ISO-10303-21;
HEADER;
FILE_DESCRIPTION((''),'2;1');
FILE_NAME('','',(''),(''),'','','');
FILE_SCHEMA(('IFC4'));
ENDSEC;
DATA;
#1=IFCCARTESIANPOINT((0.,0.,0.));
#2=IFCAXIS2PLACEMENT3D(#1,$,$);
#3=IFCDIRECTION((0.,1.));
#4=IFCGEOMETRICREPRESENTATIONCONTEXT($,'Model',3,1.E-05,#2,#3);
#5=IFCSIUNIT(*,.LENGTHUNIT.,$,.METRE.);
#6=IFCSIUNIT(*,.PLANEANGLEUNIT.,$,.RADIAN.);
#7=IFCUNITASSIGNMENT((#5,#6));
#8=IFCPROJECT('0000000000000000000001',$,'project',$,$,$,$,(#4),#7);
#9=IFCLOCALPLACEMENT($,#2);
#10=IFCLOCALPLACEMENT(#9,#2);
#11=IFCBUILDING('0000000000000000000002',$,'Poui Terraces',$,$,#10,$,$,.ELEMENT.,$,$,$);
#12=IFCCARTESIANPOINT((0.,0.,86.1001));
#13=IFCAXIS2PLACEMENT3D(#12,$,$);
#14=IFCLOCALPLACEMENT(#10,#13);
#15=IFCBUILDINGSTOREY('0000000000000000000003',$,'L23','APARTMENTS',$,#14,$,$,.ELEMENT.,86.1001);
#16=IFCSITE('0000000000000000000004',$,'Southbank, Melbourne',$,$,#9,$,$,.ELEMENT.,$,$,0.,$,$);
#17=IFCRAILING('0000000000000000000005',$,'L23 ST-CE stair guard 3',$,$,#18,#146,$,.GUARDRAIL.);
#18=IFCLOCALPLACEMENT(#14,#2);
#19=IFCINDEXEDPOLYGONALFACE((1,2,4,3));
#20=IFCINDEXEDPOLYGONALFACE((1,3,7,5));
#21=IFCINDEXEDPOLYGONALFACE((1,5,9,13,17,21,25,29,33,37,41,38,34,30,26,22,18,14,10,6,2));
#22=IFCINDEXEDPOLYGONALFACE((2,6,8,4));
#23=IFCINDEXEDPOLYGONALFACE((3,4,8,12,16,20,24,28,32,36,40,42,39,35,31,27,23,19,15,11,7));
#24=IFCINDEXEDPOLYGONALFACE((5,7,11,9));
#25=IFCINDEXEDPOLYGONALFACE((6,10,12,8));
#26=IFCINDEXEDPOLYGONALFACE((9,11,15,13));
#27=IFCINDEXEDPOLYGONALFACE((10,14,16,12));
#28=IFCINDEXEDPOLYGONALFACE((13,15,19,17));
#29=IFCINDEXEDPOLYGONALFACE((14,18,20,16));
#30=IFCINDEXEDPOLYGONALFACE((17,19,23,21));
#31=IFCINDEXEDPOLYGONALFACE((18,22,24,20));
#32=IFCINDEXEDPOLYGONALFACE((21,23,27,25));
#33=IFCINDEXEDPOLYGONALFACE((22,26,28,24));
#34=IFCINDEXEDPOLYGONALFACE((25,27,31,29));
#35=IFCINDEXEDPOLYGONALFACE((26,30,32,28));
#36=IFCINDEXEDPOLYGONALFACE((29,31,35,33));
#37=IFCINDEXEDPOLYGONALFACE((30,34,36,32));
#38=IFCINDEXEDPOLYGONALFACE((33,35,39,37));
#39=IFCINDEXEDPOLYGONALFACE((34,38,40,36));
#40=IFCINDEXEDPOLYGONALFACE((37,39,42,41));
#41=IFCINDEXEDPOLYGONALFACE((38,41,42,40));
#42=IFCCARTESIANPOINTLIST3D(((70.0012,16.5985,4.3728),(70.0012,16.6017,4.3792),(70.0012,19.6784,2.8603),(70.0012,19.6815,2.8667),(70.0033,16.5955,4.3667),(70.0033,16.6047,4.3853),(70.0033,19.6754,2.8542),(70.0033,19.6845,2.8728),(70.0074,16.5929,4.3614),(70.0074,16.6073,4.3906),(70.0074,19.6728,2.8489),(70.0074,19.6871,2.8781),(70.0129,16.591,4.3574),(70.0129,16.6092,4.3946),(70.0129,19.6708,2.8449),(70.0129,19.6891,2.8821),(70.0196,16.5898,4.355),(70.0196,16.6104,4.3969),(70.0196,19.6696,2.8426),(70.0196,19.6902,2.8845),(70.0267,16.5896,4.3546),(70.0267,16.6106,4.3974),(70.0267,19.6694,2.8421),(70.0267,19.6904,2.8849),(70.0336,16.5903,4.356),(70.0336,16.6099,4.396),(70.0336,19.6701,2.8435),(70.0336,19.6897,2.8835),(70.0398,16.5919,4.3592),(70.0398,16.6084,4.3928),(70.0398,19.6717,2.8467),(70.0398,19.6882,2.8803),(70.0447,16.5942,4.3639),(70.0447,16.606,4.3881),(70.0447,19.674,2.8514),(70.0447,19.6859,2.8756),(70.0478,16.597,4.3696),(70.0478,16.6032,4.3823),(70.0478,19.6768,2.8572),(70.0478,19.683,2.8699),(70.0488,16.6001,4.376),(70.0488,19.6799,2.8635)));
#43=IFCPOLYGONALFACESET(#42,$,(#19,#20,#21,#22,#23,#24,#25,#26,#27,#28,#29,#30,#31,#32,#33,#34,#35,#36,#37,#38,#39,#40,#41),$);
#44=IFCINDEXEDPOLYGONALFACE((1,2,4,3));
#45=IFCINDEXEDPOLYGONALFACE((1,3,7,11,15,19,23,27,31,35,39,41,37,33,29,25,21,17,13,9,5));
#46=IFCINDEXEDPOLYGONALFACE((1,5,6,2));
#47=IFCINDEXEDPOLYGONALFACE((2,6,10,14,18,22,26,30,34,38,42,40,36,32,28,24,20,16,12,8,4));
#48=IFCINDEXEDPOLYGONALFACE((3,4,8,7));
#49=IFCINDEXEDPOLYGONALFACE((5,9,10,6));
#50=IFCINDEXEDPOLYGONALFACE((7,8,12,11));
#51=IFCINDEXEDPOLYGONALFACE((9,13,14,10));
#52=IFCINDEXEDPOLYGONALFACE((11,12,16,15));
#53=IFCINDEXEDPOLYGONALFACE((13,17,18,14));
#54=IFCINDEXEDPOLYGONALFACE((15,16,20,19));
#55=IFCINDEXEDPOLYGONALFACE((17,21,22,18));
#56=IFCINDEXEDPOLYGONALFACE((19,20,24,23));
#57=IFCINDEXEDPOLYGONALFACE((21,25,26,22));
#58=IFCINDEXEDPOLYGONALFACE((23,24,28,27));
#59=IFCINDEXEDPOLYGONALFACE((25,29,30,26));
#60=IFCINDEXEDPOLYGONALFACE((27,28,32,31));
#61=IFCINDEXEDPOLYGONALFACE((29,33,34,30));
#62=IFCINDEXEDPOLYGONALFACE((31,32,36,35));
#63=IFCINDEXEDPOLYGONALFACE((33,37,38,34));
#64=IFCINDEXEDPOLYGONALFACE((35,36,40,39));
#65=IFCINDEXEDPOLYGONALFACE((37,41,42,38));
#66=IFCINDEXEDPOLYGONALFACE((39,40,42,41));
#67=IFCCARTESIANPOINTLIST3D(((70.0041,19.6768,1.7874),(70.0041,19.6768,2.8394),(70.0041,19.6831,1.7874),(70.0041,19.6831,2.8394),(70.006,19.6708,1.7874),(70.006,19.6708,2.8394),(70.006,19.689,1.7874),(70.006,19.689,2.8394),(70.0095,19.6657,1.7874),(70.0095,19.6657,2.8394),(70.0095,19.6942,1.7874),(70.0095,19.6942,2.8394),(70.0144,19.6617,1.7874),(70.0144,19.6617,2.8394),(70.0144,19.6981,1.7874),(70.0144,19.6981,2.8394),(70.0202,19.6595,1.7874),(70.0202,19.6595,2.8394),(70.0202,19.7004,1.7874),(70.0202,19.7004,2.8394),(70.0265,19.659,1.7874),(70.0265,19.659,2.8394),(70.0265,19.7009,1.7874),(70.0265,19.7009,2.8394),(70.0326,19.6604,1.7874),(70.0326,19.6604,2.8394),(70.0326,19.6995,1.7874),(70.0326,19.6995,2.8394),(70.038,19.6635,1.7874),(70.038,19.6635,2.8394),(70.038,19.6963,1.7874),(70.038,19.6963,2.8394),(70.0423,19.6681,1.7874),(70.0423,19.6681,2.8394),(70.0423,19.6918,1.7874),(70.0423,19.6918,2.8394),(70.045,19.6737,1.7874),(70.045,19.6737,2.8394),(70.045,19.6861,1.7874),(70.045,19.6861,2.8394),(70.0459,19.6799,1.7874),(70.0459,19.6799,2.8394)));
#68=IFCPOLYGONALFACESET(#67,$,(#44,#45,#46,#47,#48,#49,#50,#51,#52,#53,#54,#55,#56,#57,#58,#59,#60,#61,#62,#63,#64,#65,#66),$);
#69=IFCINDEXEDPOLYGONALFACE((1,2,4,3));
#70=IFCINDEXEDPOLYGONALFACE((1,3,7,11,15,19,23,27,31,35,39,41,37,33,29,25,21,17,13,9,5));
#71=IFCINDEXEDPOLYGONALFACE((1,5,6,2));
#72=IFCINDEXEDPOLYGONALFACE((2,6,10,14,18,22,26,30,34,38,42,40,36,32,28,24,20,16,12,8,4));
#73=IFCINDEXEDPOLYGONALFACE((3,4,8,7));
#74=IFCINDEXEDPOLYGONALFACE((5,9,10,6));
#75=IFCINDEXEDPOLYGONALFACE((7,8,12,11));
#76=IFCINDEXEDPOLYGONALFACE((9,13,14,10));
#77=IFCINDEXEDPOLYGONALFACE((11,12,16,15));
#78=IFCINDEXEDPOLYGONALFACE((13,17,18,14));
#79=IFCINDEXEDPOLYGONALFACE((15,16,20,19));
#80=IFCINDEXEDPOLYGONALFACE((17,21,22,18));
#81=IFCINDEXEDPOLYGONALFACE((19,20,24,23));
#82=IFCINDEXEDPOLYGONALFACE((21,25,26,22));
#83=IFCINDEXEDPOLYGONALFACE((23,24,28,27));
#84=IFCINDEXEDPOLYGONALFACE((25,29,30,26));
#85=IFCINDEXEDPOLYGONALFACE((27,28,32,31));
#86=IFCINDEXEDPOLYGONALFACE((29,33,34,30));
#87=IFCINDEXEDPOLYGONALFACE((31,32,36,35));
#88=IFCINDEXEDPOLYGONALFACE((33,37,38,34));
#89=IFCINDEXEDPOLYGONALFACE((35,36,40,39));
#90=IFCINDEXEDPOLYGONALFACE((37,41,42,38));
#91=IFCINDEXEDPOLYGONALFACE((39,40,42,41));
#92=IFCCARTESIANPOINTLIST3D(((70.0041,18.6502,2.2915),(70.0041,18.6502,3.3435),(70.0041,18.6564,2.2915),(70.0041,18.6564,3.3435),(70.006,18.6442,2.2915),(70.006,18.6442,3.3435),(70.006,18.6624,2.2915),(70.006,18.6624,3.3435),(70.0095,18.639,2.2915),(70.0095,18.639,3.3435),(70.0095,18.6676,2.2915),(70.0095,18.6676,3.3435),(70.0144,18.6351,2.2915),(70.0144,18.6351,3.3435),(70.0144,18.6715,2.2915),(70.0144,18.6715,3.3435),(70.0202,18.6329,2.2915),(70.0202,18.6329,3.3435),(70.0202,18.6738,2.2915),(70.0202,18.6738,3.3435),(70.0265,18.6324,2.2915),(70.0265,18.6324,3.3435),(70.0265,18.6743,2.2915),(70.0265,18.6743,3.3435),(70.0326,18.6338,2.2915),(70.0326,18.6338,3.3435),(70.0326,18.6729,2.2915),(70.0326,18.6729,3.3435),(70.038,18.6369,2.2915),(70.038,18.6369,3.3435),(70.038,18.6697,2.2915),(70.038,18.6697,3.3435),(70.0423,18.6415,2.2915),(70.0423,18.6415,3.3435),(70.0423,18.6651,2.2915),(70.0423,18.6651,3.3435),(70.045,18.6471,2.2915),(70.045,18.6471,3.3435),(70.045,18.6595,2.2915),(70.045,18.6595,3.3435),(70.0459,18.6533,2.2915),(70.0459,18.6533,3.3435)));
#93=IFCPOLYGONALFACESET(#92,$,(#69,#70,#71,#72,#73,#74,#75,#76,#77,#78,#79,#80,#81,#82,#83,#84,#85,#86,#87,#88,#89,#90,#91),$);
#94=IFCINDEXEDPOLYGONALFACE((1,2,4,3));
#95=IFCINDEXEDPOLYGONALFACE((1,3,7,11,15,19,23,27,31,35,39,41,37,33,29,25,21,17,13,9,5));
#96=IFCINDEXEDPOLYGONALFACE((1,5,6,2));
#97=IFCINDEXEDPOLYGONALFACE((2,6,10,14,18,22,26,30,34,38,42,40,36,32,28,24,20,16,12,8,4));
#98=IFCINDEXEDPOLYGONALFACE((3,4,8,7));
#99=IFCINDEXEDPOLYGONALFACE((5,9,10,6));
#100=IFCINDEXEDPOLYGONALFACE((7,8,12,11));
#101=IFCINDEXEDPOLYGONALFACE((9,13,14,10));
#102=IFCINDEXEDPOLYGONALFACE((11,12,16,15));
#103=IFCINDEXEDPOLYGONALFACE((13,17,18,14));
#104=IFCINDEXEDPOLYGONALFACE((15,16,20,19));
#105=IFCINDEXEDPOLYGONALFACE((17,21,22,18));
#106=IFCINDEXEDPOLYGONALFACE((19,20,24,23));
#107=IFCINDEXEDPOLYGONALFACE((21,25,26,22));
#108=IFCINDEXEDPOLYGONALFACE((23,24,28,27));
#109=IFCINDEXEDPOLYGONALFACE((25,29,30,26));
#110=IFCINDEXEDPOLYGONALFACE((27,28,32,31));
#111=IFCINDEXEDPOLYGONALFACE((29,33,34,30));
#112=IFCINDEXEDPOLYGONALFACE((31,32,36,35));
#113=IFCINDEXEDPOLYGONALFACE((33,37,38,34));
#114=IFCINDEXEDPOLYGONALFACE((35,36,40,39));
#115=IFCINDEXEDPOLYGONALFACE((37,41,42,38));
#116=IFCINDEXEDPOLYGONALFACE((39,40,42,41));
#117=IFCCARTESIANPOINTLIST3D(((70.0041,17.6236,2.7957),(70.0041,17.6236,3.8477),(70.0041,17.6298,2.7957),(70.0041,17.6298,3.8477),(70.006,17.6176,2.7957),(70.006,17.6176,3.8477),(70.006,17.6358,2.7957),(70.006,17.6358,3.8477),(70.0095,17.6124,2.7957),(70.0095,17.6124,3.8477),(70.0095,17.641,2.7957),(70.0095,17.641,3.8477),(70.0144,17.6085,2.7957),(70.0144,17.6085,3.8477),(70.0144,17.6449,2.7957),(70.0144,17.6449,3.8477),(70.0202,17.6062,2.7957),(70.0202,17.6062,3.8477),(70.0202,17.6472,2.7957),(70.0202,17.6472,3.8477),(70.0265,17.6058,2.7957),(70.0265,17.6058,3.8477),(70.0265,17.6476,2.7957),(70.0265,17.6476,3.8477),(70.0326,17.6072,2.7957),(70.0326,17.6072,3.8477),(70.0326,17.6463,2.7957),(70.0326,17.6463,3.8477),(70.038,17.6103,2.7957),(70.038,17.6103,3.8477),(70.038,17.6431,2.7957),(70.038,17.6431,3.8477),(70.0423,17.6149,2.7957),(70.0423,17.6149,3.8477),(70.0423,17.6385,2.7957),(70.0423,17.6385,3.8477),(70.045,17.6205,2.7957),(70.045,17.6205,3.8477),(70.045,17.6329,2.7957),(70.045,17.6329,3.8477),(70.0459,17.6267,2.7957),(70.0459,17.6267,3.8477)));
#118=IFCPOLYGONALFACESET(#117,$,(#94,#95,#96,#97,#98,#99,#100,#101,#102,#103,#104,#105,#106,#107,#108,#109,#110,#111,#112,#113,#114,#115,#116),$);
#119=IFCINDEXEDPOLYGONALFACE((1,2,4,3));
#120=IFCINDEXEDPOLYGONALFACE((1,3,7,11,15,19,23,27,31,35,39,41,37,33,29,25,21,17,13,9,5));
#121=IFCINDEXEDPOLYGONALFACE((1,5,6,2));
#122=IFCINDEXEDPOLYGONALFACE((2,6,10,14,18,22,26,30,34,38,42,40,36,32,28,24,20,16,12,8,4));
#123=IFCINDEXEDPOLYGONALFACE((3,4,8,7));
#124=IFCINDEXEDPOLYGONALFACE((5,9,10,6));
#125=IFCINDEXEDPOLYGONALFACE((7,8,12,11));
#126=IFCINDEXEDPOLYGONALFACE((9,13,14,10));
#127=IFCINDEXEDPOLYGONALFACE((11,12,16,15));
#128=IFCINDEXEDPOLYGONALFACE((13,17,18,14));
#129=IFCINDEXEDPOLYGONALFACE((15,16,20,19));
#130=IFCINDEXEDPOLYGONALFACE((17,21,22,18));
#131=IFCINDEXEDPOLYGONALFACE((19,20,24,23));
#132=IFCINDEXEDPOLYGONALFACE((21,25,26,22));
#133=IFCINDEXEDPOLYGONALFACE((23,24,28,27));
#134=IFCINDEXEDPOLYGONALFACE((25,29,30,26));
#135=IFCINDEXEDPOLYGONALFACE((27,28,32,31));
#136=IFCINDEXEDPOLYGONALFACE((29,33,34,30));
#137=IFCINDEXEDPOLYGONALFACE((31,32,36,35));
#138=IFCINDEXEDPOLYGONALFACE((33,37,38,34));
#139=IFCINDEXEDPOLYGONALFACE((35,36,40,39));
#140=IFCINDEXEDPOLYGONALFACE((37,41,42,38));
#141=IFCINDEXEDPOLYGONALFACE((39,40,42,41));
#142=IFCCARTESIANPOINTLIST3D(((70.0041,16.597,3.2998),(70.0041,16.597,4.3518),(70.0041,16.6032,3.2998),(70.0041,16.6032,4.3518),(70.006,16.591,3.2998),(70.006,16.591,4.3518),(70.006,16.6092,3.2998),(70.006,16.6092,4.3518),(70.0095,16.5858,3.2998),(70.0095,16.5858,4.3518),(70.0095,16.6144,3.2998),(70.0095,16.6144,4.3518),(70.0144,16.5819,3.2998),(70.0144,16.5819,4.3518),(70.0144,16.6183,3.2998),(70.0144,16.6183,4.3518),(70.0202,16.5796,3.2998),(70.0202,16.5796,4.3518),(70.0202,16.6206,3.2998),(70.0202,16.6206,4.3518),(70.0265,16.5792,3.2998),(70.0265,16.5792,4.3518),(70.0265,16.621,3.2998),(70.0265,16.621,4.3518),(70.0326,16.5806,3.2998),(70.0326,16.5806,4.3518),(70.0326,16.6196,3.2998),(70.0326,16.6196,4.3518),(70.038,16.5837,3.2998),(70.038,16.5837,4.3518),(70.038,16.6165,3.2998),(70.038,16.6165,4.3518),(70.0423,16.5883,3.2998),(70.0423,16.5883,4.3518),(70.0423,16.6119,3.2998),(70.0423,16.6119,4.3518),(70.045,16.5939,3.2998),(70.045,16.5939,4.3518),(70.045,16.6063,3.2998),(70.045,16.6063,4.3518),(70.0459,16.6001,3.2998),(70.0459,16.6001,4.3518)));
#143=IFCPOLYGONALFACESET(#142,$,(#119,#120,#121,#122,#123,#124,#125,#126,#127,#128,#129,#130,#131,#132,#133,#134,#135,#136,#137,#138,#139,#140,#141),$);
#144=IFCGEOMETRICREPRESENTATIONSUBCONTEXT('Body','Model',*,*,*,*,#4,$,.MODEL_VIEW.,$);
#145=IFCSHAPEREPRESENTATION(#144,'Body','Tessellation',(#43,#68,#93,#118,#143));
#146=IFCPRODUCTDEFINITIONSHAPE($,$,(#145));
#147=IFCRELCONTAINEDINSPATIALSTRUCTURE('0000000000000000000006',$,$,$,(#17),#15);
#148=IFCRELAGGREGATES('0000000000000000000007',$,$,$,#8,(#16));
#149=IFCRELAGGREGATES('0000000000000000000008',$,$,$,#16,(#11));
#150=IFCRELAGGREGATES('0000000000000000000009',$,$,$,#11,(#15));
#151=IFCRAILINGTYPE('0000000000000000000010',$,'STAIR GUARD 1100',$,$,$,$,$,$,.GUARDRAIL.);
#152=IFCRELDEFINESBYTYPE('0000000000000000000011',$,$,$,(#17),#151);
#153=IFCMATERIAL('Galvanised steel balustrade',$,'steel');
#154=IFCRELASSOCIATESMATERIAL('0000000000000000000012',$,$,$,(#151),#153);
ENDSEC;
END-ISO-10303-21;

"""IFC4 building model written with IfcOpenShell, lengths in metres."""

from ifc_helpers import new_model, si_unit, direction, frame, origin, origin_2d, place, context, subcontext, project, spatial, circle, extrude, material, type_object, element, save


model = new_model("IFC4")

# Units and contexts
model_context = context("Model", 3, precision=1e-05, world=origin(), true_north=direction((0.0, 1.0)))
body_context = subcontext(model_context, "Body", "Model", "MODEL_VIEW")
ifc_project = project(units=[si_unit("LENGTHUNIT", "METRE"), si_unit("PLANEANGLEUNIT", "RADIAN")], contexts=[model_context])

# Site, building, storey
site_placement = place(None, origin())
site = spatial("IfcSite", under=ifc_project, at=site_placement, Name="Southbank, Melbourne", CompositionType="ELEMENT", RefElevation=0.0)
building_placement = place(site_placement, origin())
building = spatial("IfcBuilding", under=site, at=building_placement, Name="Poui Terraces", CompositionType="ELEMENT")
storey_placement = place(building_placement, frame((0.0, 0.0, 86.1001)))
storey = spatial("IfcBuildingStorey", under=building, at=storey_placement, Name="L23", Description="APARTMENTS", CompositionType="ELEMENT", Elevation=86.1001)

# Railing
ifc_material_1 = material(Name="Galvanised steel balustrade", Category="steel")
railing_type_1 = type_object("IfcRailingType", Name="STAIR GUARD 1100", PredefinedType="GUARDRAIL", material=ifc_material_1)
railing_1_placement = place(storey_placement, frame((70.0249, 19.6799, 1.7874)))
element("IfcRailing", 1, at=railing_1_placement, inside=storey, type_object=railing_type_1, Name="L23 ST-CE stair guard 3", PredefinedType="GUARDRAIL", context=body_context, shape_type="SweptSolid", body=[
    extrude(circle(Radius=0.0239, at=origin_2d()), frame((0.0, 0.0, 1.0762), z_axis=(0.0, -0.897606, 0.440798), x_axis=(1.0, 0.0, 0.0)), (0.0, 0.0, 1.0), 3.4312),
    extrude(circle(Radius=0.021, at=origin_2d()), origin(), (0.0, 0.0, 1.0), 1.052),
    extrude(circle(Radius=0.021, at=origin_2d()), frame((0.0, -1.0266, 0.5042)), (0.0, 0.0, 1.0), 1.052),
    extrude(circle(Radius=0.021, at=origin_2d()), frame((0.0, -2.0532, 1.0083)), (0.0, 0.0, 1.0), 1.052),
    extrude(circle(Radius=0.021, at=origin_2d()), frame((0.0, -3.0798, 1.5125)), (0.0, 0.0, 1.0), 1.052),
])

save(model, "model.ifc")
